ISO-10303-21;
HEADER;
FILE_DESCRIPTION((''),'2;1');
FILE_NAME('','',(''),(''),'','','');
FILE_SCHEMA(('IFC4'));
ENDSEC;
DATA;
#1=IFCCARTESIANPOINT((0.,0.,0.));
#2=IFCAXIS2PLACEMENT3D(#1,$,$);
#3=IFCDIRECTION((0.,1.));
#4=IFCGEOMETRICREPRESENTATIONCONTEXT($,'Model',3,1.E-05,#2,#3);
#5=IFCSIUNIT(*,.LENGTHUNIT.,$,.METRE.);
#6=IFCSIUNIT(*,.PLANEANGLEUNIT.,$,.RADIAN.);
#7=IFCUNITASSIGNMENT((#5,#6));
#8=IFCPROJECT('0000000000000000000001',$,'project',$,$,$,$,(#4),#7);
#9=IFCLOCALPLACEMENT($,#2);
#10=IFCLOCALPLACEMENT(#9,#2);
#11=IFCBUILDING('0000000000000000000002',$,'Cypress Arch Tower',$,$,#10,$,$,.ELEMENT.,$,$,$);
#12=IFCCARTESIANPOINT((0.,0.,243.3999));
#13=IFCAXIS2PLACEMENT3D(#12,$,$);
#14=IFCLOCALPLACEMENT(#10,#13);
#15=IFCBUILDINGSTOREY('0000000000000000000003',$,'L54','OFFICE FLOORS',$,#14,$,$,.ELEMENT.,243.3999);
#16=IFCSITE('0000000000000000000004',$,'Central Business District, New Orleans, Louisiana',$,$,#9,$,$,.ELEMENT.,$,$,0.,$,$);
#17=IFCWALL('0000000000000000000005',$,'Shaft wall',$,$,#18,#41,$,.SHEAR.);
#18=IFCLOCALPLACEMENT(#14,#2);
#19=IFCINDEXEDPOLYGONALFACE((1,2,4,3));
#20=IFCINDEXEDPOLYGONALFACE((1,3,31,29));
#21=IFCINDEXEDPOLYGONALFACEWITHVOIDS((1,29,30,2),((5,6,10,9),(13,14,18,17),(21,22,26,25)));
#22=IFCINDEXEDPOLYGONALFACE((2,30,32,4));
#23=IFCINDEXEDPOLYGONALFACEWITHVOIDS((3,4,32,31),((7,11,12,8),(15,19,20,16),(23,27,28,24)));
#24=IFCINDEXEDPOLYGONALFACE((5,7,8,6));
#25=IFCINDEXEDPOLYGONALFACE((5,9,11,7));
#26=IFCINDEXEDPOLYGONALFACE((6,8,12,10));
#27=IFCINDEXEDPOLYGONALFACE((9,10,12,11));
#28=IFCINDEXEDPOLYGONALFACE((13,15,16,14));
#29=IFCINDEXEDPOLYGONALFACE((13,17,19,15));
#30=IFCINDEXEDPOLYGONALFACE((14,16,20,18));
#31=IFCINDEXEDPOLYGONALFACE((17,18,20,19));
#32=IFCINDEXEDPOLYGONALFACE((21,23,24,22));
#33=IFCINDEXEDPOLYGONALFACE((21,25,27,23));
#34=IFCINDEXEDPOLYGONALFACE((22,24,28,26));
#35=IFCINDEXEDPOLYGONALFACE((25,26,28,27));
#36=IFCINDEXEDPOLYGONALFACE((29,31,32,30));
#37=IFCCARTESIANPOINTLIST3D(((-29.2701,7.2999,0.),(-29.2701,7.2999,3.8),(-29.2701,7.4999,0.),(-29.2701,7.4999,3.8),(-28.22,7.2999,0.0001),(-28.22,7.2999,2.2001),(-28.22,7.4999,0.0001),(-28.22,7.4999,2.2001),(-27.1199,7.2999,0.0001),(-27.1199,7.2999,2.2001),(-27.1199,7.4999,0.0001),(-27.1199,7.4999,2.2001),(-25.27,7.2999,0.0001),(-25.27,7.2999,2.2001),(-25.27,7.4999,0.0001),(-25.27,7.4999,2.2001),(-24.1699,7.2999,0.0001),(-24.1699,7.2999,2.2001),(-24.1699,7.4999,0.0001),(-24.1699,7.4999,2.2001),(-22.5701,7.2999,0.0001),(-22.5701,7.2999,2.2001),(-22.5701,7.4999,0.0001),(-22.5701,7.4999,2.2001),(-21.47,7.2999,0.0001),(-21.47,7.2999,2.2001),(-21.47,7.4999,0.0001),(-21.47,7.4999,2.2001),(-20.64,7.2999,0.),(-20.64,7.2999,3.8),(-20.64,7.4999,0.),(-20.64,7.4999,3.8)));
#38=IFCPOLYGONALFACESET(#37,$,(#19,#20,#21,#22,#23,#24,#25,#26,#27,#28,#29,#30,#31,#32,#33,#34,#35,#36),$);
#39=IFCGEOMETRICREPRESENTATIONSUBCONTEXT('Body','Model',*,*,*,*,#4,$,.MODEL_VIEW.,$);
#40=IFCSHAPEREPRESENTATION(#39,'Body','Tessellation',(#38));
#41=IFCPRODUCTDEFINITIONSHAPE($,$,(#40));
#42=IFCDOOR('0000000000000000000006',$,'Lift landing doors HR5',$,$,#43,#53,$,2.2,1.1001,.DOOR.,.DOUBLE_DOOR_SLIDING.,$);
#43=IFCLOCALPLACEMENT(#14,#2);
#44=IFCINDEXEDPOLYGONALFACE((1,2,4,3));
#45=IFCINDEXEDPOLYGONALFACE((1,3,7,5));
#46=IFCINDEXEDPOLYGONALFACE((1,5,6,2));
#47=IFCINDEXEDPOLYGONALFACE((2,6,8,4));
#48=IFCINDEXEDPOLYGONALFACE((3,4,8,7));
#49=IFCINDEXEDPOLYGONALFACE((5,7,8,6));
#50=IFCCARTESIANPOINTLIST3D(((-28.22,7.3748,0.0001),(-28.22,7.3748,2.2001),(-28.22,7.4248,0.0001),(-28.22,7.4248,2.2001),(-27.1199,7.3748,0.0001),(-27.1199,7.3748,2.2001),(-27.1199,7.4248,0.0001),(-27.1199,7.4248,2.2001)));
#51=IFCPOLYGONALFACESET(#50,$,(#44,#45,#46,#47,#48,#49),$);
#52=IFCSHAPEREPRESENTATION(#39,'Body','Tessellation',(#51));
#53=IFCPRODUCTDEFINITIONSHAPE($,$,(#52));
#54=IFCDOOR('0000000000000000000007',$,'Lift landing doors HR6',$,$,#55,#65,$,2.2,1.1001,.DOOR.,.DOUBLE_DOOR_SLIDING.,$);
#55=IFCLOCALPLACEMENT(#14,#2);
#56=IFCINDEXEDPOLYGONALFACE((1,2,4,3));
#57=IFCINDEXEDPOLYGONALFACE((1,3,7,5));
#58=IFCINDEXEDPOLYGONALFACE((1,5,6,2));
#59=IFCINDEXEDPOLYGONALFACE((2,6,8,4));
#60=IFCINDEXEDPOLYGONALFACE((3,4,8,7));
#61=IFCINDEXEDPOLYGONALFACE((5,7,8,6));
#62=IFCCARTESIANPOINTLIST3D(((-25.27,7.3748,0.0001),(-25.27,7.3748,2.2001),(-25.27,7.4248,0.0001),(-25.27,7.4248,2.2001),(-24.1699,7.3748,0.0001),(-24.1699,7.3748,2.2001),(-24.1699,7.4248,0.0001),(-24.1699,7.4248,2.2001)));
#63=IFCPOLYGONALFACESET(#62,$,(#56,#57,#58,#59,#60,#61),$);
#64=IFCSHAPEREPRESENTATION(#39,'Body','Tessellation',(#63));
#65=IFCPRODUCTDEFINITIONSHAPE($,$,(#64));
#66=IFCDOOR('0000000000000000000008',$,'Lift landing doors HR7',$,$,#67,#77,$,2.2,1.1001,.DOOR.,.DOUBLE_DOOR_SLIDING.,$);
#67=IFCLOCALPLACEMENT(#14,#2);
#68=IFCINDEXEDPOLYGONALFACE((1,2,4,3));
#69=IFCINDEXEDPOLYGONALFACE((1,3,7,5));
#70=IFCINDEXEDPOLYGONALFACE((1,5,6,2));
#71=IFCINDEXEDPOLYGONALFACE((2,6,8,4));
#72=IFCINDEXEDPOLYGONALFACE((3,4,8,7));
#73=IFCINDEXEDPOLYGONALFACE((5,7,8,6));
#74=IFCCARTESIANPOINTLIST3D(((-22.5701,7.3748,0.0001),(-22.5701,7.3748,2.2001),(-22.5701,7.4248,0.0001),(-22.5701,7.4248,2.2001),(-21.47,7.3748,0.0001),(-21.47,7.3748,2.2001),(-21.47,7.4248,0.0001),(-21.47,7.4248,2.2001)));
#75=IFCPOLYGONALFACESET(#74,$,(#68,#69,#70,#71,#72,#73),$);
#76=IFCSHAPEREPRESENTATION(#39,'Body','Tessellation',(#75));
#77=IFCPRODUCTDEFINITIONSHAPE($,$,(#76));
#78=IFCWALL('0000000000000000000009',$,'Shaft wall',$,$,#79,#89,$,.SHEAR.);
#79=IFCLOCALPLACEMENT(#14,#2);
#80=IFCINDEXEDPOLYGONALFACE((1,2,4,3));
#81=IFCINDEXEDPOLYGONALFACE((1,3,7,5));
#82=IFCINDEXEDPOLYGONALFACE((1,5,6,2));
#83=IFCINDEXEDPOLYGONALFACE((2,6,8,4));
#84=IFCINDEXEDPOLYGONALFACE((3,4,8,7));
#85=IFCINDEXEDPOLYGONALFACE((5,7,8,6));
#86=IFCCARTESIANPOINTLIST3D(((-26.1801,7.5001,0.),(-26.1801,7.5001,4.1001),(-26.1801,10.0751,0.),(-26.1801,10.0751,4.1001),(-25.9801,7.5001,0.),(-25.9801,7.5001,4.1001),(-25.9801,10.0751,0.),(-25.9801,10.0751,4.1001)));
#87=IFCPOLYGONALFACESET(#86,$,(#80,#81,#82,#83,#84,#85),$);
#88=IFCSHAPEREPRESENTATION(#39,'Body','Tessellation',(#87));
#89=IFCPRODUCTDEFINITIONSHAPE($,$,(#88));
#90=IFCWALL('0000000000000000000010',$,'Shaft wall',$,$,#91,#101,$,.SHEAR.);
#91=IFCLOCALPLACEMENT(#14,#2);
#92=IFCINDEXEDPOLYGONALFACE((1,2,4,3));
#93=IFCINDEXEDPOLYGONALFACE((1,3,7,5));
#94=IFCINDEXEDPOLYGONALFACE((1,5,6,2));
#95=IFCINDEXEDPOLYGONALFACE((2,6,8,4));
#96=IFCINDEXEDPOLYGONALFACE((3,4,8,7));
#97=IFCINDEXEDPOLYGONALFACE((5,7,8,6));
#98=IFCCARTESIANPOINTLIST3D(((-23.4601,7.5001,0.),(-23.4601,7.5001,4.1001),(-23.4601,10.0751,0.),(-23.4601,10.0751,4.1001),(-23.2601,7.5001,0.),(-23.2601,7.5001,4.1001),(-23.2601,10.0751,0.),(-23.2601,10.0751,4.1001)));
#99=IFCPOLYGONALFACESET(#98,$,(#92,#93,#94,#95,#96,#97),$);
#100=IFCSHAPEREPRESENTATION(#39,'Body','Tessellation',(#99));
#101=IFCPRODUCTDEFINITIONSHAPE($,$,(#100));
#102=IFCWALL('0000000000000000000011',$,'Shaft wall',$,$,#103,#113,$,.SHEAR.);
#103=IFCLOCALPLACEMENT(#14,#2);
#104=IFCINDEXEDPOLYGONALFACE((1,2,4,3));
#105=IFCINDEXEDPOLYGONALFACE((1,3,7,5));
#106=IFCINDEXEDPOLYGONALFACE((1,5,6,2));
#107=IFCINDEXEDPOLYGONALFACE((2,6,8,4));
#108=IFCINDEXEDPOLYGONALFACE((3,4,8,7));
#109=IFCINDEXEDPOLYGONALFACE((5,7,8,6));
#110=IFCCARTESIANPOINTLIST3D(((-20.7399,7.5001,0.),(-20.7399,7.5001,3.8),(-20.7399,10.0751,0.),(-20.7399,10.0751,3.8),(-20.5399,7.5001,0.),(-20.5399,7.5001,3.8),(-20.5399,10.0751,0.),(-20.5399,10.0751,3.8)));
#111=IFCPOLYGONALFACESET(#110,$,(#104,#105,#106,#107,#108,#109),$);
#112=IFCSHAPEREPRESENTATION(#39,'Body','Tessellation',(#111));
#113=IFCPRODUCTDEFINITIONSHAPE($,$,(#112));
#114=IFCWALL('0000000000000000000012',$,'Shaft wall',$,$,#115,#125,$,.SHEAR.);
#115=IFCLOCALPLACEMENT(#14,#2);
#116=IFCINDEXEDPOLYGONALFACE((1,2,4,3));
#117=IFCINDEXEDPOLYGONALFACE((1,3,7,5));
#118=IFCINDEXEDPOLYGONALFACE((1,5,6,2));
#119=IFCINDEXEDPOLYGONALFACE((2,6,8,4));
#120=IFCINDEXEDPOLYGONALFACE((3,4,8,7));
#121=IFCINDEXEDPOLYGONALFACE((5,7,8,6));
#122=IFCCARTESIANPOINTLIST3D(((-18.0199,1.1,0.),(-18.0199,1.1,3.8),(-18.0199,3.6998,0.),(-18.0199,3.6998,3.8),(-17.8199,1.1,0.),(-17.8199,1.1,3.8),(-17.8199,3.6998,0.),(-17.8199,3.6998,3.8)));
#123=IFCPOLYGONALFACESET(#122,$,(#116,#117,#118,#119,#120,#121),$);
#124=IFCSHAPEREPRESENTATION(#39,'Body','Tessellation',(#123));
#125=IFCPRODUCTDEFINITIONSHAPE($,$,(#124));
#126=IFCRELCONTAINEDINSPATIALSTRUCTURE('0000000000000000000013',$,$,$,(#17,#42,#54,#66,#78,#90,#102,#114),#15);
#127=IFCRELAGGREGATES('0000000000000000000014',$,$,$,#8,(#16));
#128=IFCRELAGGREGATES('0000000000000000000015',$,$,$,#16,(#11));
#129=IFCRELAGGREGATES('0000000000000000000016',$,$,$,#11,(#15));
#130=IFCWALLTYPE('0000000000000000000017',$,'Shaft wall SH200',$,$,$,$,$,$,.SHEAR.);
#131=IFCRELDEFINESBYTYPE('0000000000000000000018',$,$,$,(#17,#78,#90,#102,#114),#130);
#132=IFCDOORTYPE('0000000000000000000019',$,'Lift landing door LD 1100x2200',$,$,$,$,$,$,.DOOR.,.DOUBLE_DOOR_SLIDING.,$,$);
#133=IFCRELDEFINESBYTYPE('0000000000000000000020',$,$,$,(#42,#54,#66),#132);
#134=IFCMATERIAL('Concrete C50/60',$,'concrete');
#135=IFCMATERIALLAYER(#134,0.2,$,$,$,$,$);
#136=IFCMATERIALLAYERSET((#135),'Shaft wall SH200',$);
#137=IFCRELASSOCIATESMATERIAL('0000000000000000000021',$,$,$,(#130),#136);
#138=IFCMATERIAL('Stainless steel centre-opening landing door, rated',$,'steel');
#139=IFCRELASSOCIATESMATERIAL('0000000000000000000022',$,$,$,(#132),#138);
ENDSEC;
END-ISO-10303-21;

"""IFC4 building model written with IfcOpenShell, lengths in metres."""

from ifc_helpers import new_model, si_unit, direction, frame, frame_2d, origin, place, context, subcontext, project, spatial, rectangle, extrude, material, layer, layer_set, type_object, element, fill, save


model = new_model("IFC4")

# Units and contexts
model_context = context("Model", 3, precision=1e-05, world=origin(), true_north=direction((0.0, 1.0)))
body_context = subcontext(model_context, "Body", "Model", "MODEL_VIEW")
ifc_project = project(units=[si_unit("LENGTHUNIT", "METRE"), si_unit("PLANEANGLEUNIT", "RADIAN")], contexts=[model_context])

# Site, building, storey
site_placement = place(None, origin())
site = spatial("IfcSite", under=ifc_project, at=site_placement, Name="Central Business District, New Orleans, Louisiana", CompositionType="ELEMENT", RefElevation=0.0)
building_placement = place(site_placement, origin())
building = spatial("IfcBuilding", under=site, at=building_placement, Name="Cypress Arch Tower", CompositionType="ELEMENT")
storey_placement = place(building_placement, frame((0.0, 0.0, 243.3999)))
storey = spatial("IfcBuildingStorey", under=building, at=storey_placement, Name="L54", Description="OFFICE FLOORS", CompositionType="ELEMENT", Elevation=243.3999)

# Wall, openings, doors
ifc_material_1 = material(Name="Concrete C50/60", Category="concrete")
ifc_layer_1 = layer(ifc_material_1, 0.2)
ifc_layer_set_1 = layer_set([ifc_layer_1], Name="Shaft wall SH200")
wall_type_1 = type_object("IfcWallType", Name="Shaft wall SH200", PredefinedType="SHEAR", material=ifc_layer_set_1)
wall_1_placement = place(storey_placement, frame((-29.27, 7.3999, 0.0), z_axis=(0.0, 0.0, 1.0), x_axis=(1.0, 0.0, 0.0)))
wall_1 = element("IfcWall", 1, at=wall_1_placement, inside=storey, type_object=wall_type_1, Name="Shaft wall", PredefinedType="SHEAR", context=body_context, shape_type="SweptSolid", body=[
    extrude(rectangle(XDim=8.6301, YDim=0.2, at=frame_2d((4.3149, 0.0))), origin(), (0.0, 0.0, 1.0), 3.8),
])
opening_1_placement = place(wall_1_placement, frame((1.05, 0.0, 0.0)))
opening_1 = element("IfcOpeningElement", 2, at=opening_1_placement, cuts=wall_1, PredefinedType="OPENING", context=body_context, shape_type="SweptSolid", body=[
    extrude(rectangle(XDim=1.1001, YDim=2.2, at=frame_2d((0.55, 1.1001))), frame((0.0, 0.1099, 0.0), z_axis=(0.0, -1.0, 0.0), x_axis=(1.0, 0.0, 0.0)), (0.0, 0.0, 1.0), 0.22),
])
opening_2_placement = place(wall_1_placement, frame((4.0, 0.0, 0.0)))
opening_2 = element("IfcOpeningElement", 3, at=opening_2_placement, cuts=wall_1, PredefinedType="OPENING", context=body_context, shape_type="SweptSolid", body=[
    extrude(rectangle(XDim=1.1001, YDim=2.2, at=frame_2d((0.55, 1.1001))), frame((0.0, 0.1099, 0.0), z_axis=(0.0, -1.0, 0.0), x_axis=(1.0, 0.0, 0.0)), (0.0, 0.0, 1.0), 0.22),
])
opening_3_placement = place(wall_1_placement, frame((6.7, 0.0, 0.0)))
opening_3 = element("IfcOpeningElement", 4, at=opening_3_placement, cuts=wall_1, PredefinedType="OPENING", context=body_context, shape_type="SweptSolid", body=[
    extrude(rectangle(XDim=1.1001, YDim=2.2, at=frame_2d((0.55, 1.1001))), frame((0.0, 0.1099, 0.0), z_axis=(0.0, -1.0, 0.0), x_axis=(1.0, 0.0, 0.0)), (0.0, 0.0, 1.0), 0.22),
])
ifc_material_2 = material(Name="Stainless steel centre-opening landing door, rated", Category="steel")
door_type_1 = type_object("IfcDoorType", Name="Lift landing door LD 1100x2200", OperationType="DOUBLE_DOOR_SLIDING", PredefinedType="DOOR", material=ifc_material_2)
door_1_placement = place(opening_1_placement, origin())
door_1 = element("IfcDoor", 5, at=door_1_placement, inside=storey, type_object=door_type_1, Name="Lift landing doors HR5", OperationType="DOUBLE_DOOR_SLIDING", OverallHeight=2.2, OverallWidth=1.1001, PredefinedType="DOOR", context=body_context, shape_type="SweptSolid", body=[
    extrude(rectangle(XDim=1.1001, YDim=2.2, at=frame_2d((0.55, 1.1001))), frame((0.0, 0.0249, 0.0), z_axis=(0.0, -1.0, 0.0), x_axis=(1.0, 0.0, 0.0)), (0.0, 0.0, 1.0), 0.05),
])
fill(opening_1, door_1)
door_2_placement = place(opening_2_placement, origin())
door_2 = element("IfcDoor", 6, at=door_2_placement, inside=storey, type_object=door_type_1, Name="Lift landing doors HR6", OperationType="DOUBLE_DOOR_SLIDING", OverallHeight=2.2, OverallWidth=1.1001, PredefinedType="DOOR", context=body_context, shape_type="SweptSolid", body=[
    extrude(rectangle(XDim=1.1001, YDim=2.2, at=frame_2d((0.55, 1.1001))), frame((0.0, 0.0249, 0.0), z_axis=(0.0, -1.0, 0.0), x_axis=(1.0, 0.0, 0.0)), (0.0, 0.0, 1.0), 0.05),
])
fill(opening_2, door_2)
door_3_placement = place(opening_3_placement, origin())
door_3 = element("IfcDoor", 7, at=door_3_placement, inside=storey, type_object=door_type_1, Name="Lift landing doors HR7", OperationType="DOUBLE_DOOR_SLIDING", OverallHeight=2.2, OverallWidth=1.1001, PredefinedType="DOOR", context=body_context, shape_type="SweptSolid", body=[
    extrude(rectangle(XDim=1.1001, YDim=2.2, at=frame_2d((0.55, 1.1001))), frame((0.0, 0.0249, 0.0), z_axis=(0.0, -1.0, 0.0), x_axis=(1.0, 0.0, 0.0)), (0.0, 0.0, 1.0), 0.05),
])
fill(opening_3, door_3)

# Walls
for number, where, z_axis, x_axis, name in (
    (8, (-26.0801, 7.5, 0.0), (0.0, 0.0, 1.0), (0.0, 1.0, 0.0), "Shaft wall"),
    (9, (-23.3601, 7.5, 0.0), (0.0, 0.0, 1.0), (0.0, 1.0, 0.0), "Shaft wall"),
):
    element("IfcWall", number, at=place(storey_placement, frame(where, z_axis=z_axis, x_axis=x_axis)), inside=storey, type_object=wall_type_1, Name=name, PredefinedType="SHEAR", context=body_context, shape_type="SweptSolid", body=[
        extrude(rectangle(XDim=2.575, YDim=0.2, at=frame_2d((1.2876, 0.0))), origin(), (0.0, 0.0, 1.0), 4.1001),
    ])
wall_2_placement = place(storey_placement, frame((-20.6399, 7.5, 0.0), z_axis=(0.0, 0.0, 1.0), x_axis=(0.0, 1.0, 0.0)))
element("IfcWall", 10, at=wall_2_placement, inside=storey, type_object=wall_type_1, Name="Shaft wall", PredefinedType="SHEAR", context=body_context, shape_type="SweptSolid", body=[
    extrude(rectangle(XDim=2.575, YDim=0.2, at=frame_2d((1.2876, 0.0))), origin(), (0.0, 0.0, 1.0), 3.8),
])
wall_3_placement = place(storey_placement, frame((-17.9199, 1.1001, 0.0), z_axis=(0.0, 0.0, 1.0), x_axis=(0.0, 1.0, 0.0)))
element("IfcWall", 11, at=wall_3_placement, inside=storey, type_object=wall_type_1, Name="Shaft wall", PredefinedType="SHEAR", context=body_context, shape_type="SweptSolid", body=[
    extrude(rectangle(XDim=2.5999, YDim=0.2, at=frame_2d((1.2998, 0.0))), origin(), (0.0, 0.0, 1.0), 3.8),
])

save(model, "model.ifc")
